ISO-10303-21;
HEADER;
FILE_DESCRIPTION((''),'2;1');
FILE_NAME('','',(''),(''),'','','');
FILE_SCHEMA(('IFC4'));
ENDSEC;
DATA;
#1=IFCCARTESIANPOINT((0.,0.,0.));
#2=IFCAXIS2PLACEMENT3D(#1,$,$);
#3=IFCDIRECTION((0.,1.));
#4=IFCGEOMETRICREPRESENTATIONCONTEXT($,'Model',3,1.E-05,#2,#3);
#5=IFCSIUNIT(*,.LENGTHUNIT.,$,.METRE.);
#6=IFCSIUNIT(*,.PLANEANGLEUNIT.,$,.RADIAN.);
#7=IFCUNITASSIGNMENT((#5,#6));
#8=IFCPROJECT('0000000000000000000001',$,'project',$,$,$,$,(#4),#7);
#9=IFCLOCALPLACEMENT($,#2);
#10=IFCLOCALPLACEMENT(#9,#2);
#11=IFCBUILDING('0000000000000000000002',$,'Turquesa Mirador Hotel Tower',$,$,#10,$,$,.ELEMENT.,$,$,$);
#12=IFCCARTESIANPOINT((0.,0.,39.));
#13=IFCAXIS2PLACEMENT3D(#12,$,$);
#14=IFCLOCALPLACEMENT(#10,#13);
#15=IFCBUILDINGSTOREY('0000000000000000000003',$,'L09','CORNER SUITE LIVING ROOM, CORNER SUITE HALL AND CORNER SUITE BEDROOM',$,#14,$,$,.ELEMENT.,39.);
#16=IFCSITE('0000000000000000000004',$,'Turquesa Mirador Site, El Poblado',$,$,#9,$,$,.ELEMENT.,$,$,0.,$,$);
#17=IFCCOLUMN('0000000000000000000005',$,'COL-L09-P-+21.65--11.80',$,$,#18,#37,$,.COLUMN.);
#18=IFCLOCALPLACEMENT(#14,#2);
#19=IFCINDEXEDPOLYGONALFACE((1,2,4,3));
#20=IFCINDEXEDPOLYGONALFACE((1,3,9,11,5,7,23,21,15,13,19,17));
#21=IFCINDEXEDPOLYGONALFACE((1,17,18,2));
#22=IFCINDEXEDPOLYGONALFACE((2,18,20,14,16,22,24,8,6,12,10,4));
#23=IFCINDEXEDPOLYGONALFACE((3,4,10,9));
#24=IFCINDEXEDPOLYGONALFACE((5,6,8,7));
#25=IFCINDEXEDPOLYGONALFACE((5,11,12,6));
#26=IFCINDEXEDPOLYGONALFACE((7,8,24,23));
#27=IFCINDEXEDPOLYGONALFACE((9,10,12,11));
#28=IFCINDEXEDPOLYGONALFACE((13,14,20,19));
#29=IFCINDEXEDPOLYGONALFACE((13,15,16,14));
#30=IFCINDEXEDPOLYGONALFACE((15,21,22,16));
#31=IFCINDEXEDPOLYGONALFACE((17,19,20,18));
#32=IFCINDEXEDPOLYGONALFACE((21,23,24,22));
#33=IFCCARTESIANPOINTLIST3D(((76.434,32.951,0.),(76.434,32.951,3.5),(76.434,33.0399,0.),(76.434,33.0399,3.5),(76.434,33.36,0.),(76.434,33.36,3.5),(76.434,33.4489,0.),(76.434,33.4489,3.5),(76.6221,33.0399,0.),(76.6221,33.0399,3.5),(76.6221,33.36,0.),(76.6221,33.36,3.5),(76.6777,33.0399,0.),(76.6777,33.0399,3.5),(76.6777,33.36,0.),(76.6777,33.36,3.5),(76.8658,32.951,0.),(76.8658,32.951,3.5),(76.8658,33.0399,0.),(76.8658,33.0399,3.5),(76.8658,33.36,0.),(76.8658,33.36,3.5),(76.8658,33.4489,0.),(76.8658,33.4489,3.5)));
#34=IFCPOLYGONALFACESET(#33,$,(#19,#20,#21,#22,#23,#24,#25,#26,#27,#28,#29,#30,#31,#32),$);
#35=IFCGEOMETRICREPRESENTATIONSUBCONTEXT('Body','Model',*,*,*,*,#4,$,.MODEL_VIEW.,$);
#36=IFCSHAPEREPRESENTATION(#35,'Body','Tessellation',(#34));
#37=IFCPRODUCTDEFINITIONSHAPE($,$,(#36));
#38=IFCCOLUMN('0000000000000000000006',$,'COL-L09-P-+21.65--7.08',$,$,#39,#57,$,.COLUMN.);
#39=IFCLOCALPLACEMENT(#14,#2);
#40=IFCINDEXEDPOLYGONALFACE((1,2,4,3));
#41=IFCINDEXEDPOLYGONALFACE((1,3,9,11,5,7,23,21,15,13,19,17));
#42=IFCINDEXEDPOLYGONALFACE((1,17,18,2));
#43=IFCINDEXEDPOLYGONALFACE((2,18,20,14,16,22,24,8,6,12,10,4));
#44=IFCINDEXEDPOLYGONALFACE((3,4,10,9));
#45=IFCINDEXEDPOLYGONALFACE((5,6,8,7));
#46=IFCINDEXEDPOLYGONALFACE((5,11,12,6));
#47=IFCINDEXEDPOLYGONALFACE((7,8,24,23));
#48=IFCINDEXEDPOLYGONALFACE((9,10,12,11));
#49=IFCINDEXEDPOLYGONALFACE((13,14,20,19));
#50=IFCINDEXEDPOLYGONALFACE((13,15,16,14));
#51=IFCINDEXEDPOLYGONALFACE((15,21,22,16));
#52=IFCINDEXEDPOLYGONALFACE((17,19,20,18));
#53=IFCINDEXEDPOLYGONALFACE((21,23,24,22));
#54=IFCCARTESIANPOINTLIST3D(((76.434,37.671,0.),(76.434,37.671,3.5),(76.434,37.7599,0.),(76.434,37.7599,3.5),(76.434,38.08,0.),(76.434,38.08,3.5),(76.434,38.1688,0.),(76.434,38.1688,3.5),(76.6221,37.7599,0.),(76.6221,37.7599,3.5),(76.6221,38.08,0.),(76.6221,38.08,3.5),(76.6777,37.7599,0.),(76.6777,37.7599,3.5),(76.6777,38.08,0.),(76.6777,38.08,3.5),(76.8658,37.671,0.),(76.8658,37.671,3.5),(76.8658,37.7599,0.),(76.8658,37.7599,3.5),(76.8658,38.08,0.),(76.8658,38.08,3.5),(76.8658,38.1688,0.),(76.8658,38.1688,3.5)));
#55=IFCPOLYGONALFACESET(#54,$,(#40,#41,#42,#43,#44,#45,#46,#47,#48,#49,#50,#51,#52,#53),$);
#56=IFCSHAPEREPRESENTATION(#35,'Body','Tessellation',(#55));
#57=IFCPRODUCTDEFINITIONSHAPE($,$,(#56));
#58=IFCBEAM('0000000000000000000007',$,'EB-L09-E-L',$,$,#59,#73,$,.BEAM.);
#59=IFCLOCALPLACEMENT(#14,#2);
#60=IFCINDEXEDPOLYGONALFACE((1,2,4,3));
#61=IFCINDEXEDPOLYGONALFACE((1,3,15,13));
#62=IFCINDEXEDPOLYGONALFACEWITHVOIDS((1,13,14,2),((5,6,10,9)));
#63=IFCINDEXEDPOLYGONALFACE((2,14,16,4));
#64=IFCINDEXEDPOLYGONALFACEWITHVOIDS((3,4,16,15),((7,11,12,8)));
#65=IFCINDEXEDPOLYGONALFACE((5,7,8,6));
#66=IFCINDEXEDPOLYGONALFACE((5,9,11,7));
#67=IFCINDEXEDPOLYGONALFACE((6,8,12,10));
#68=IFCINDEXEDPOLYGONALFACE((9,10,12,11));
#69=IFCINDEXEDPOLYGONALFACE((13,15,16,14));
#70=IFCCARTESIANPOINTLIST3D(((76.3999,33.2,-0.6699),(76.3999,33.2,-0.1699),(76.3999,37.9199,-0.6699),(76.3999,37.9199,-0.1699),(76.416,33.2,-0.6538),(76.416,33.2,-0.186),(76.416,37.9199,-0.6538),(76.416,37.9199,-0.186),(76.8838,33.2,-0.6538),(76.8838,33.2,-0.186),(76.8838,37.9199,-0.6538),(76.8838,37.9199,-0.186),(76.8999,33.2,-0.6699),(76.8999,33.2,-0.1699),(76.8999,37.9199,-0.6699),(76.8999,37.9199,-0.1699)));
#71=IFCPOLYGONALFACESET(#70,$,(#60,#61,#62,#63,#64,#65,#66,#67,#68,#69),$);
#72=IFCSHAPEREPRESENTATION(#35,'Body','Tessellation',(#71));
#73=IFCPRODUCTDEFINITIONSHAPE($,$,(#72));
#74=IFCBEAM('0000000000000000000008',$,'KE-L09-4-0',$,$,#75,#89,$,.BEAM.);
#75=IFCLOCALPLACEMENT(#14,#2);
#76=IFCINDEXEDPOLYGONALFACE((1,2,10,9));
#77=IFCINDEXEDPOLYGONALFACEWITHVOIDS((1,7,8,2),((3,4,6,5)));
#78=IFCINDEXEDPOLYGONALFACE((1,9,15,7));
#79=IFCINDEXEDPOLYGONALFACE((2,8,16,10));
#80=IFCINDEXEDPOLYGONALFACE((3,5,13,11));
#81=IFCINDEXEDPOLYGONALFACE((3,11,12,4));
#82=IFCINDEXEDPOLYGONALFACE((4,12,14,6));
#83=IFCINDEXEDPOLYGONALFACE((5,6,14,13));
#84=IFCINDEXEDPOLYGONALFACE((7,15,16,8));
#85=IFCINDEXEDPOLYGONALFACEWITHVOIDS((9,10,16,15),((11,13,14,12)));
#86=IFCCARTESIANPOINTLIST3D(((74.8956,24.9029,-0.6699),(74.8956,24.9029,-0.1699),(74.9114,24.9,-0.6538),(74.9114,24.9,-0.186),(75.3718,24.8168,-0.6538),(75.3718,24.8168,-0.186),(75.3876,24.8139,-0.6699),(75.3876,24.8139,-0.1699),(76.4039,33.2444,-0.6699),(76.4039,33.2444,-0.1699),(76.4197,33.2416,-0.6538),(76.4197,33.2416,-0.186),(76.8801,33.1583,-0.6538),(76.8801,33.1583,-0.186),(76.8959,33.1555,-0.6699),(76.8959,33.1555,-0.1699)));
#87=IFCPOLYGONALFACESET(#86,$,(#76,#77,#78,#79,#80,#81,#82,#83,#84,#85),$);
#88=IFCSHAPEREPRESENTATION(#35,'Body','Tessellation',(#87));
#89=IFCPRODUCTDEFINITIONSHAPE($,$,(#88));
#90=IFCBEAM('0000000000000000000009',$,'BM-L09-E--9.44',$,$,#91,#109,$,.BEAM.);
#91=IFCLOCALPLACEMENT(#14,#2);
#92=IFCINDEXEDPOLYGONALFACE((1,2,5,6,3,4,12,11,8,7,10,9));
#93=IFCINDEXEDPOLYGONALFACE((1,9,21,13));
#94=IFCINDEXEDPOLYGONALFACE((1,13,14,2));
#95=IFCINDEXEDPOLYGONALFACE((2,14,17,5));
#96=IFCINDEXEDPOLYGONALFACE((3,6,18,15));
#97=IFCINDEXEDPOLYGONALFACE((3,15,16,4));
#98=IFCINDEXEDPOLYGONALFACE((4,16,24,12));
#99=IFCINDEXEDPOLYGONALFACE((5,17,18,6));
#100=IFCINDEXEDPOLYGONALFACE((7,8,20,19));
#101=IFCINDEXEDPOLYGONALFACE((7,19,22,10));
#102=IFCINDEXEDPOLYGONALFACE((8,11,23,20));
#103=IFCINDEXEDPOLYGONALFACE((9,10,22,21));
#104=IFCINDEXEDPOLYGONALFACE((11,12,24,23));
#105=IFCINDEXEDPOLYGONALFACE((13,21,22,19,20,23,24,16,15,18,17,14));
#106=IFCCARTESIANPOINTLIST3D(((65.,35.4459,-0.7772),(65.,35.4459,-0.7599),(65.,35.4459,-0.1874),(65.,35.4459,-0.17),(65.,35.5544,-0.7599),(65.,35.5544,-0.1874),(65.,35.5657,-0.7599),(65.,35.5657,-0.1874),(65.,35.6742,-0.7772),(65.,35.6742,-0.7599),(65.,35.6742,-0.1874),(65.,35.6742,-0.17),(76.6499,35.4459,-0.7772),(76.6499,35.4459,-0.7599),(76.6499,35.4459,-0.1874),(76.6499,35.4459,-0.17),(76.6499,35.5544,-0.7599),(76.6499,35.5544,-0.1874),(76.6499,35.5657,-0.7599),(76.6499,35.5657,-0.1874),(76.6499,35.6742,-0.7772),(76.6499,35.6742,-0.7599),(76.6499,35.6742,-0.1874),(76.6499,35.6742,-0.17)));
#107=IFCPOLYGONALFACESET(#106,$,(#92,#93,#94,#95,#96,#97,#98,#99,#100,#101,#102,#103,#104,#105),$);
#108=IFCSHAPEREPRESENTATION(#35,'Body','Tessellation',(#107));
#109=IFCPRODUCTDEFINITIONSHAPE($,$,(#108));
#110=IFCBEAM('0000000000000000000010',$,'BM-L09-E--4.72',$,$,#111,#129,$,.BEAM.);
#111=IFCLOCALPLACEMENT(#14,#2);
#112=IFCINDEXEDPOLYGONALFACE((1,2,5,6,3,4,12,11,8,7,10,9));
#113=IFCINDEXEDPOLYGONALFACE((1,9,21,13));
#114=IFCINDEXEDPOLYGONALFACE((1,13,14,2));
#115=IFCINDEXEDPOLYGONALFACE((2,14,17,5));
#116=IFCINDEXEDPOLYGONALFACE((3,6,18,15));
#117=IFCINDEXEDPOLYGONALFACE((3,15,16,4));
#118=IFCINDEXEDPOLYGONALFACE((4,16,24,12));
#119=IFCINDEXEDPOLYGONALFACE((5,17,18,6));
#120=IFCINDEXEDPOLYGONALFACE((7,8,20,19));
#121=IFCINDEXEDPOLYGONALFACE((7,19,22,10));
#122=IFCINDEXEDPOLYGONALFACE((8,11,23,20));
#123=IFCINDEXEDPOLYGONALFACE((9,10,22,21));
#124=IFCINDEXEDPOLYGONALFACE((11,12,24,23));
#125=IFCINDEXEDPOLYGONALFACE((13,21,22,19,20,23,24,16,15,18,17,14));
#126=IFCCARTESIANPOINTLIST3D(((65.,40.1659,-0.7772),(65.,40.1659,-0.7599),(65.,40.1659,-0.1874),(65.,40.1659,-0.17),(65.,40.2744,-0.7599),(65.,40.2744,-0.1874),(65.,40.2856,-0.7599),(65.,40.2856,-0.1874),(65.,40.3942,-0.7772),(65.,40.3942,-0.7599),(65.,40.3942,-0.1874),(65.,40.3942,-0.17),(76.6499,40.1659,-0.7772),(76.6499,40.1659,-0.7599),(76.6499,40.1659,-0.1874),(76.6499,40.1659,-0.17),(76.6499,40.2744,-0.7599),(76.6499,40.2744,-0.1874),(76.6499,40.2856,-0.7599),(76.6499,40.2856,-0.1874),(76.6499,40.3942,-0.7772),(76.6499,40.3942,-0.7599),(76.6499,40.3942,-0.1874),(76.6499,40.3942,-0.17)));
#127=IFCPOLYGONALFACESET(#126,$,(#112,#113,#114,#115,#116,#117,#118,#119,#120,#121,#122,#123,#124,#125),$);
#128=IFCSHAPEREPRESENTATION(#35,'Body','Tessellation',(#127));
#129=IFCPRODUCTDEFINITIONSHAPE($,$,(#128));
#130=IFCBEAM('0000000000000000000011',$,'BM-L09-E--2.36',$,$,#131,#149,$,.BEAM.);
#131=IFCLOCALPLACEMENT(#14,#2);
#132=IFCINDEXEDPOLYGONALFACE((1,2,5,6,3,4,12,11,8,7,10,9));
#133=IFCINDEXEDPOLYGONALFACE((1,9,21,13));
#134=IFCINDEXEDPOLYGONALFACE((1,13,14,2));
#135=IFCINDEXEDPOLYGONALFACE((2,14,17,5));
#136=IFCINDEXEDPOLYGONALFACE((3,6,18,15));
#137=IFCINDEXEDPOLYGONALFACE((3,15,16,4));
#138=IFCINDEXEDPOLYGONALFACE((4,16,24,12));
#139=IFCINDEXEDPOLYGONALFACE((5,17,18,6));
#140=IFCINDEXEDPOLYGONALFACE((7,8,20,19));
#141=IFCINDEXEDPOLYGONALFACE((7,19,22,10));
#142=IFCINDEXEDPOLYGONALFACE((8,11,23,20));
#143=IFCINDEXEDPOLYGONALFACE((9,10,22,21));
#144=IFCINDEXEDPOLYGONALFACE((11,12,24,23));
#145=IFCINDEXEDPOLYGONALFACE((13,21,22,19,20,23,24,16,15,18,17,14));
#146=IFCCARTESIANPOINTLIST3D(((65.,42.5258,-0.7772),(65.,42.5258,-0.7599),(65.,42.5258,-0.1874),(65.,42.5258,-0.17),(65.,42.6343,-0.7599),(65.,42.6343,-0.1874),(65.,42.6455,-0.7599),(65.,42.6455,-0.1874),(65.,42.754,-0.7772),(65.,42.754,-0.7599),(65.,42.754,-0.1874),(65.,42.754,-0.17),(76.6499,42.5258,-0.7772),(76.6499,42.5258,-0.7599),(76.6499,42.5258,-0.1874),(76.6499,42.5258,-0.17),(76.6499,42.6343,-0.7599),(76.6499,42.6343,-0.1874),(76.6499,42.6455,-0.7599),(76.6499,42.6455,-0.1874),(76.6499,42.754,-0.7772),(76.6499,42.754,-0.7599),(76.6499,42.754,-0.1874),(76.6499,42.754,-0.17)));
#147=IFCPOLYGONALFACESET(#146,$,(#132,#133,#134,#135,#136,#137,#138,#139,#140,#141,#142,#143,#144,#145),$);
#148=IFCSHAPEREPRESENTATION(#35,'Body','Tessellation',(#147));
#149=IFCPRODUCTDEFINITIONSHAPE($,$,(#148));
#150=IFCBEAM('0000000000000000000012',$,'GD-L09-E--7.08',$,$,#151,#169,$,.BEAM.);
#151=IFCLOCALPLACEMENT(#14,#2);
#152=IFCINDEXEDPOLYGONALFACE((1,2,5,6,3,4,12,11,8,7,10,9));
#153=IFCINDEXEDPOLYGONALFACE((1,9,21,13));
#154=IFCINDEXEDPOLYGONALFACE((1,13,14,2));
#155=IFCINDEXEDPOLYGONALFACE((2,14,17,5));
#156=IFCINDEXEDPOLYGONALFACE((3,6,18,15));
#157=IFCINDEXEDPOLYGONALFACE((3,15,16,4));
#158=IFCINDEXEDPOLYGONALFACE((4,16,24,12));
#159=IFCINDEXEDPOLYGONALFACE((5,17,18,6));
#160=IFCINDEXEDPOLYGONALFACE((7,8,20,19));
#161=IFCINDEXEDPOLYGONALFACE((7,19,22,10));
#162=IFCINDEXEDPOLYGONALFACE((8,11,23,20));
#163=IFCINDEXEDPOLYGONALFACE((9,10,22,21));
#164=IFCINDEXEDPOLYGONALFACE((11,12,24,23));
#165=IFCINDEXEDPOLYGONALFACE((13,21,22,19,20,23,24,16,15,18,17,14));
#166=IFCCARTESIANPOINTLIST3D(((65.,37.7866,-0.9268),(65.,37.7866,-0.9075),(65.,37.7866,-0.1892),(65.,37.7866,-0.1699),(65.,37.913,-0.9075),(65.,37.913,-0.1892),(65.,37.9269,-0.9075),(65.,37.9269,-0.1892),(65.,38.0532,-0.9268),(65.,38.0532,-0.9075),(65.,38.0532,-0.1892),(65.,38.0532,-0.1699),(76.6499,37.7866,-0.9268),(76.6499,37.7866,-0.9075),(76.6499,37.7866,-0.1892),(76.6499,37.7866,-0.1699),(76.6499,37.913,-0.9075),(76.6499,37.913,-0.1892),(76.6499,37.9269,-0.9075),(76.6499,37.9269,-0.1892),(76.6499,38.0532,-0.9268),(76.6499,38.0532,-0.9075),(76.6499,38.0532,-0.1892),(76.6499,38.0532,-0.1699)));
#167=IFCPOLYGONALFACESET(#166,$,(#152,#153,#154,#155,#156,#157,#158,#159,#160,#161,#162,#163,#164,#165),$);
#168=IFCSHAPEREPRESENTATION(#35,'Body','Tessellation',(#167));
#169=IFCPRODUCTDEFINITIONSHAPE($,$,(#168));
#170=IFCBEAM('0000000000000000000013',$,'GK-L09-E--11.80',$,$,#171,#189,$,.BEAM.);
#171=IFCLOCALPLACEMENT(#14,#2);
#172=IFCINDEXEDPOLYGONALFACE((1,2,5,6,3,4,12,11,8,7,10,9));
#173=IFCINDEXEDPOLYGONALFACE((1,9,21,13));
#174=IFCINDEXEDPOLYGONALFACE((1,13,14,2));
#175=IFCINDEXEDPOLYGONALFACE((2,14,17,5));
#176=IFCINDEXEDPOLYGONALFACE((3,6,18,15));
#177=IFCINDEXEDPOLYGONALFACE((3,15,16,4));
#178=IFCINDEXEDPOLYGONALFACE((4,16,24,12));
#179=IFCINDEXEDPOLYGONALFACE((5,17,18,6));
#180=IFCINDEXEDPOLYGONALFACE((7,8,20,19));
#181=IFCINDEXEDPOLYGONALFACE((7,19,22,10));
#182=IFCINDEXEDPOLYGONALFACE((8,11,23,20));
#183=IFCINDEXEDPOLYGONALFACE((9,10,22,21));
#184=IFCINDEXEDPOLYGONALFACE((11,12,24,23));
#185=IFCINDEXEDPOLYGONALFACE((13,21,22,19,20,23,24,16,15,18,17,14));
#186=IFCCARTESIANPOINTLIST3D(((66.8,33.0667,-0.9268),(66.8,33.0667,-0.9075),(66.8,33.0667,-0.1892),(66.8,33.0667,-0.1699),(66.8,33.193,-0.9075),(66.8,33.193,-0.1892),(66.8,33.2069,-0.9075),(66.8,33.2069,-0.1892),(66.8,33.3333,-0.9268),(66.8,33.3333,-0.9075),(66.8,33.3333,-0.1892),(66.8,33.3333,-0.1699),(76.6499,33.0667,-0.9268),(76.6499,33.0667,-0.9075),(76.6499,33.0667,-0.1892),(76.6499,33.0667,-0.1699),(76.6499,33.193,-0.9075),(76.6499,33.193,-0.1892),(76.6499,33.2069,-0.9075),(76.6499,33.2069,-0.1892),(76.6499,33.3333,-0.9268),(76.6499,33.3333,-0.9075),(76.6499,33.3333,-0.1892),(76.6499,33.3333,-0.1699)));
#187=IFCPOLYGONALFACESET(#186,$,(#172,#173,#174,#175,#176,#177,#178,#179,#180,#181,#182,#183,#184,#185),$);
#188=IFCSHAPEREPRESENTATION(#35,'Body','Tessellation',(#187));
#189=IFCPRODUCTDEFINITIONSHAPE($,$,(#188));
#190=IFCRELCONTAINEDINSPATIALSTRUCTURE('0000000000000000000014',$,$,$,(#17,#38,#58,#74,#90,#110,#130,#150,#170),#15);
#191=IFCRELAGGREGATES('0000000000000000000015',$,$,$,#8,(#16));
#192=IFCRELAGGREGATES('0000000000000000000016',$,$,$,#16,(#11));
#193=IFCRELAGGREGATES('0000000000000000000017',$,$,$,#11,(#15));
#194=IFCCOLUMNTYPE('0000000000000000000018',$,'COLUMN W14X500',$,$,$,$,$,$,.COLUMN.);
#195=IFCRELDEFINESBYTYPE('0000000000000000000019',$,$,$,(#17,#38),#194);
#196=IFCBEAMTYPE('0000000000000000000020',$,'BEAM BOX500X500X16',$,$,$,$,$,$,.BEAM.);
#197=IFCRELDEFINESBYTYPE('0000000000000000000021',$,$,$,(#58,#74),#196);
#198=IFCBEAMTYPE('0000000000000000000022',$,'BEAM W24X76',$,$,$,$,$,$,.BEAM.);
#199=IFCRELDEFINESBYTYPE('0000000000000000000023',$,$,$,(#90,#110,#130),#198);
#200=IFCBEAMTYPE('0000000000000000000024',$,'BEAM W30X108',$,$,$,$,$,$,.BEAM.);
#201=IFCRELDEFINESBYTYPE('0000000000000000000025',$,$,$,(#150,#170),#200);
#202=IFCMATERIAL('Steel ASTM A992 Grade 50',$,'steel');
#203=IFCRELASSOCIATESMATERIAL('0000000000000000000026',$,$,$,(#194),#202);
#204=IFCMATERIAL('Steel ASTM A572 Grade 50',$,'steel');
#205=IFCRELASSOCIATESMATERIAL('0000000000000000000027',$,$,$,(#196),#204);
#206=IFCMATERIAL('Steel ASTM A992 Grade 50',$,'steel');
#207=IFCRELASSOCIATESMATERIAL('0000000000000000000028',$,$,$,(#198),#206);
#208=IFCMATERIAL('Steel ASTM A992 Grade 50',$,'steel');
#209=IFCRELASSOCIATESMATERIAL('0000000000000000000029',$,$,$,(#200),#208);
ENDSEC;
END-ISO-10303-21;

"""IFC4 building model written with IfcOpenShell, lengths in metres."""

from ifc_helpers import new_model, si_unit, direction, frame, origin, origin_2d, place, context, subcontext, project, spatial, hollow_rectangle, i_section, extrude, material, material_profile, profile_set, type_object, element, save


model = new_model("IFC4")

# Units and contexts
model_context = context("Model", 3, precision=1e-05, world=origin(), true_north=direction((0.0, 1.0)))
body_context = subcontext(model_context, "Body", "Model", "MODEL_VIEW")
ifc_project = project(units=[si_unit("LENGTHUNIT", "METRE"), si_unit("PLANEANGLEUNIT", "RADIAN")], contexts=[model_context])

# Site, building, storey
site_placement = place(None, origin())
site = spatial("IfcSite", under=ifc_project, at=site_placement, Name="Turquesa Mirador Site, El Poblado", CompositionType="ELEMENT", RefElevation=0.0)
building_placement = place(site_placement, origin())
building = spatial("IfcBuilding", under=site, at=building_placement, Name="Turquesa Mirador Hotel Tower", CompositionType="ELEMENT")
storey_placement = place(building_placement, frame((0.0, 0.0, 39.0)))
storey = spatial("IfcBuildingStorey", under=building, at=storey_placement, Name="L09", Description="CORNER SUITE LIVING ROOM, CORNER SUITE HALL AND CORNER SUITE BEDROOM", CompositionType="ELEMENT", Elevation=39.0)

# Columns
ifc_material_1 = material(Name="Steel ASTM A992 Grade 50", Category="steel")
ifc_material_profile_1 = material_profile(ifc_material_1, i_section(OverallWidth=0.4319, OverallDepth=0.4978, WebThickness=0.0557, FlangeThickness=0.0889, at=origin_2d()), Name="W14X500")
ifc_profile_set_1 = profile_set([ifc_material_profile_1], Name="Steel ASTM A992 Grade 50")
column_type = type_object("IfcColumnType", Name="COLUMN W14X500", PredefinedType="COLUMN", material=ifc_profile_set_1)
for number, where, z_axis, x_axis, name in (
    (1, (76.6499, 33.2, 0.0), (0.0, 0.0, 1.0), (1.0, 0.0, 0.0), "COL-L09-P-+21.65--11.80"),
    (2, (76.6499, 37.9199, 0.0), (0.0, 0.0, 1.0), (1.0, 0.0, 0.0), "COL-L09-P-+21.65--7.08"),
):
    element("IfcColumn", number, at=place(storey_placement, frame(where, z_axis=z_axis, x_axis=x_axis)), inside=storey, type_object=column_type, Name=name, PredefinedType="COLUMN", context=body_context, shape_type="SweptSolid", body=[
        extrude(i_section(OverallWidth=0.4319, OverallDepth=0.4978, WebThickness=0.0557, FlangeThickness=0.0889, at=origin_2d()), origin(), (0.0, 0.0, 1.0), 3.5),
    ])

# Beams
ifc_material_2 = material(Name="Steel ASTM A572 Grade 50", Category="steel")
ifc_material_profile_2 = material_profile(ifc_material_2, hollow_rectangle(XDim=0.5, YDim=0.5, WallThickness=0.0161, at=origin_2d()), Name="BOX500X500X16")
ifc_profile_set_2 = profile_set([ifc_material_profile_2], Name="Steel ASTM A572 Grade 50")
beam_type_1 = type_object("IfcBeamType", Name="BEAM BOX500X500X16", PredefinedType="BEAM", material=ifc_profile_set_2)
beam_1_placement = place(storey_placement, frame((76.6499, 33.2, -0.4199), z_axis=(0.0, 1.0, 0.0), x_axis=(-1.0, 0.0, 0.0)))
element("IfcBeam", 3, at=beam_1_placement, inside=storey, type_object=beam_type_1, Name="EB-L09-E-L", PredefinedType="BEAM", context=body_context, shape_type="SweptSolid", body=[
    extrude(hollow_rectangle(XDim=0.5, YDim=0.5, WallThickness=0.0161, at=origin_2d()), origin(), (0.0, 0.0, 1.0), 4.72),
])
beam_2_placement = place(storey_placement, frame((76.6499, 33.2, -0.4199), z_axis=(-0.177932, -0.984043, 0.0), x_axis=(0.984043, -0.177932, 0.0)))
element("IfcBeam", 4, at=beam_2_placement, inside=storey, type_object=beam_type_1, Name="KE-L09-4-0", PredefinedType="BEAM", context=body_context, shape_type="SweptSolid", body=[
    extrude(hollow_rectangle(XDim=0.5, YDim=0.5, WallThickness=0.0161, at=origin_2d()), origin(), (0.0, 0.0, 1.0), 8.4768),
])
ifc_material_3 = material(Name="Steel ASTM A992 Grade 50", Category="steel")
ifc_material_profile_3 = material_profile(ifc_material_3, i_section(OverallWidth=0.2283, OverallDepth=0.6072, WebThickness=0.0112, FlangeThickness=0.0173, at=origin_2d()), Name="W24X76")
ifc_profile_set_3 = profile_set([ifc_material_profile_3], Name="Steel ASTM A992 Grade 50")
beam_type_2 = type_object("IfcBeamType", Name="BEAM W24X76", PredefinedType="BEAM", material=ifc_profile_set_3)
for number, where, z_axis, x_axis, name in (
    (5, (76.6499, 35.5601, -0.4736), (-1.0, 0.0, 0.0), (0.0, -1.0, 0.0), "BM-L09-E--9.44"),
    (6, (76.6499, 40.28, -0.4736), (-1.0, 0.0, 0.0), (0.0, -1.0, 0.0), "BM-L09-E--4.72"),
    (7, (76.6499, 42.6399, -0.4736), (-1.0, 0.0, 0.0), (0.0, -1.0, 0.0), "BM-L09-E--2.36"),
):
    element("IfcBeam", number, at=place(storey_placement, frame(where, z_axis=z_axis, x_axis=x_axis)), inside=storey, type_object=beam_type_2, Name=name, PredefinedType="BEAM", context=body_context, shape_type="SweptSolid", body=[
        extrude(i_section(OverallWidth=0.2283, OverallDepth=0.6072, WebThickness=0.0112, FlangeThickness=0.0173, at=origin_2d()), origin(), (0.0, 0.0, 1.0), 11.6499),
    ])
ifc_material_4 = material(Name="Steel ASTM A992 Grade 50", Category="steel")
ifc_material_profile_4 = material_profile(ifc_material_4, i_section(OverallWidth=0.2666, OverallDepth=0.7568, WebThickness=0.0139, FlangeThickness=0.0193, at=origin_2d()), Name="W30X108")
ifc_profile_set_4 = profile_set([ifc_material_profile_4], Name="Steel ASTM A992 Grade 50")
beam_type_3 = type_object("IfcBeamType", Name="BEAM W30X108", PredefinedType="BEAM", material=ifc_profile_set_4)
beam_3_placement = place(storey_placement, frame((76.6499, 37.9199, -0.5483), z_axis=(-1.0, 0.0, 0.0), x_axis=(0.0, -1.0, 0.0)))
element("IfcBeam", 8, at=beam_3_placement, inside=storey, type_object=beam_type_3, Name="GD-L09-E--7.08", PredefinedType="BEAM", context=body_context, shape_type="SweptSolid", body=[
    extrude(i_section(OverallWidth=0.2666, OverallDepth=0.7568, WebThickness=0.0139, FlangeThickness=0.0193, at=origin_2d()), origin(), (0.0, 0.0, 1.0), 11.6499),
])
beam_4_placement = place(storey_placement, frame((76.6499, 33.2, -0.5483), z_axis=(-1.0, 0.0, 0.0), x_axis=(0.0, -1.0, 0.0)))
element("IfcBeam", 9, at=beam_4_placement, inside=storey, type_object=beam_type_3, Name="GK-L09-E--11.80", PredefinedType="BEAM", context=body_context, shape_type="SweptSolid", body=[
    extrude(i_section(OverallWidth=0.2666, OverallDepth=0.7568, WebThickness=0.0139, FlangeThickness=0.0193, at=origin_2d()), origin(), (0.0, 0.0, 1.0), 9.8499),
])

save(model, "model.ifc")
